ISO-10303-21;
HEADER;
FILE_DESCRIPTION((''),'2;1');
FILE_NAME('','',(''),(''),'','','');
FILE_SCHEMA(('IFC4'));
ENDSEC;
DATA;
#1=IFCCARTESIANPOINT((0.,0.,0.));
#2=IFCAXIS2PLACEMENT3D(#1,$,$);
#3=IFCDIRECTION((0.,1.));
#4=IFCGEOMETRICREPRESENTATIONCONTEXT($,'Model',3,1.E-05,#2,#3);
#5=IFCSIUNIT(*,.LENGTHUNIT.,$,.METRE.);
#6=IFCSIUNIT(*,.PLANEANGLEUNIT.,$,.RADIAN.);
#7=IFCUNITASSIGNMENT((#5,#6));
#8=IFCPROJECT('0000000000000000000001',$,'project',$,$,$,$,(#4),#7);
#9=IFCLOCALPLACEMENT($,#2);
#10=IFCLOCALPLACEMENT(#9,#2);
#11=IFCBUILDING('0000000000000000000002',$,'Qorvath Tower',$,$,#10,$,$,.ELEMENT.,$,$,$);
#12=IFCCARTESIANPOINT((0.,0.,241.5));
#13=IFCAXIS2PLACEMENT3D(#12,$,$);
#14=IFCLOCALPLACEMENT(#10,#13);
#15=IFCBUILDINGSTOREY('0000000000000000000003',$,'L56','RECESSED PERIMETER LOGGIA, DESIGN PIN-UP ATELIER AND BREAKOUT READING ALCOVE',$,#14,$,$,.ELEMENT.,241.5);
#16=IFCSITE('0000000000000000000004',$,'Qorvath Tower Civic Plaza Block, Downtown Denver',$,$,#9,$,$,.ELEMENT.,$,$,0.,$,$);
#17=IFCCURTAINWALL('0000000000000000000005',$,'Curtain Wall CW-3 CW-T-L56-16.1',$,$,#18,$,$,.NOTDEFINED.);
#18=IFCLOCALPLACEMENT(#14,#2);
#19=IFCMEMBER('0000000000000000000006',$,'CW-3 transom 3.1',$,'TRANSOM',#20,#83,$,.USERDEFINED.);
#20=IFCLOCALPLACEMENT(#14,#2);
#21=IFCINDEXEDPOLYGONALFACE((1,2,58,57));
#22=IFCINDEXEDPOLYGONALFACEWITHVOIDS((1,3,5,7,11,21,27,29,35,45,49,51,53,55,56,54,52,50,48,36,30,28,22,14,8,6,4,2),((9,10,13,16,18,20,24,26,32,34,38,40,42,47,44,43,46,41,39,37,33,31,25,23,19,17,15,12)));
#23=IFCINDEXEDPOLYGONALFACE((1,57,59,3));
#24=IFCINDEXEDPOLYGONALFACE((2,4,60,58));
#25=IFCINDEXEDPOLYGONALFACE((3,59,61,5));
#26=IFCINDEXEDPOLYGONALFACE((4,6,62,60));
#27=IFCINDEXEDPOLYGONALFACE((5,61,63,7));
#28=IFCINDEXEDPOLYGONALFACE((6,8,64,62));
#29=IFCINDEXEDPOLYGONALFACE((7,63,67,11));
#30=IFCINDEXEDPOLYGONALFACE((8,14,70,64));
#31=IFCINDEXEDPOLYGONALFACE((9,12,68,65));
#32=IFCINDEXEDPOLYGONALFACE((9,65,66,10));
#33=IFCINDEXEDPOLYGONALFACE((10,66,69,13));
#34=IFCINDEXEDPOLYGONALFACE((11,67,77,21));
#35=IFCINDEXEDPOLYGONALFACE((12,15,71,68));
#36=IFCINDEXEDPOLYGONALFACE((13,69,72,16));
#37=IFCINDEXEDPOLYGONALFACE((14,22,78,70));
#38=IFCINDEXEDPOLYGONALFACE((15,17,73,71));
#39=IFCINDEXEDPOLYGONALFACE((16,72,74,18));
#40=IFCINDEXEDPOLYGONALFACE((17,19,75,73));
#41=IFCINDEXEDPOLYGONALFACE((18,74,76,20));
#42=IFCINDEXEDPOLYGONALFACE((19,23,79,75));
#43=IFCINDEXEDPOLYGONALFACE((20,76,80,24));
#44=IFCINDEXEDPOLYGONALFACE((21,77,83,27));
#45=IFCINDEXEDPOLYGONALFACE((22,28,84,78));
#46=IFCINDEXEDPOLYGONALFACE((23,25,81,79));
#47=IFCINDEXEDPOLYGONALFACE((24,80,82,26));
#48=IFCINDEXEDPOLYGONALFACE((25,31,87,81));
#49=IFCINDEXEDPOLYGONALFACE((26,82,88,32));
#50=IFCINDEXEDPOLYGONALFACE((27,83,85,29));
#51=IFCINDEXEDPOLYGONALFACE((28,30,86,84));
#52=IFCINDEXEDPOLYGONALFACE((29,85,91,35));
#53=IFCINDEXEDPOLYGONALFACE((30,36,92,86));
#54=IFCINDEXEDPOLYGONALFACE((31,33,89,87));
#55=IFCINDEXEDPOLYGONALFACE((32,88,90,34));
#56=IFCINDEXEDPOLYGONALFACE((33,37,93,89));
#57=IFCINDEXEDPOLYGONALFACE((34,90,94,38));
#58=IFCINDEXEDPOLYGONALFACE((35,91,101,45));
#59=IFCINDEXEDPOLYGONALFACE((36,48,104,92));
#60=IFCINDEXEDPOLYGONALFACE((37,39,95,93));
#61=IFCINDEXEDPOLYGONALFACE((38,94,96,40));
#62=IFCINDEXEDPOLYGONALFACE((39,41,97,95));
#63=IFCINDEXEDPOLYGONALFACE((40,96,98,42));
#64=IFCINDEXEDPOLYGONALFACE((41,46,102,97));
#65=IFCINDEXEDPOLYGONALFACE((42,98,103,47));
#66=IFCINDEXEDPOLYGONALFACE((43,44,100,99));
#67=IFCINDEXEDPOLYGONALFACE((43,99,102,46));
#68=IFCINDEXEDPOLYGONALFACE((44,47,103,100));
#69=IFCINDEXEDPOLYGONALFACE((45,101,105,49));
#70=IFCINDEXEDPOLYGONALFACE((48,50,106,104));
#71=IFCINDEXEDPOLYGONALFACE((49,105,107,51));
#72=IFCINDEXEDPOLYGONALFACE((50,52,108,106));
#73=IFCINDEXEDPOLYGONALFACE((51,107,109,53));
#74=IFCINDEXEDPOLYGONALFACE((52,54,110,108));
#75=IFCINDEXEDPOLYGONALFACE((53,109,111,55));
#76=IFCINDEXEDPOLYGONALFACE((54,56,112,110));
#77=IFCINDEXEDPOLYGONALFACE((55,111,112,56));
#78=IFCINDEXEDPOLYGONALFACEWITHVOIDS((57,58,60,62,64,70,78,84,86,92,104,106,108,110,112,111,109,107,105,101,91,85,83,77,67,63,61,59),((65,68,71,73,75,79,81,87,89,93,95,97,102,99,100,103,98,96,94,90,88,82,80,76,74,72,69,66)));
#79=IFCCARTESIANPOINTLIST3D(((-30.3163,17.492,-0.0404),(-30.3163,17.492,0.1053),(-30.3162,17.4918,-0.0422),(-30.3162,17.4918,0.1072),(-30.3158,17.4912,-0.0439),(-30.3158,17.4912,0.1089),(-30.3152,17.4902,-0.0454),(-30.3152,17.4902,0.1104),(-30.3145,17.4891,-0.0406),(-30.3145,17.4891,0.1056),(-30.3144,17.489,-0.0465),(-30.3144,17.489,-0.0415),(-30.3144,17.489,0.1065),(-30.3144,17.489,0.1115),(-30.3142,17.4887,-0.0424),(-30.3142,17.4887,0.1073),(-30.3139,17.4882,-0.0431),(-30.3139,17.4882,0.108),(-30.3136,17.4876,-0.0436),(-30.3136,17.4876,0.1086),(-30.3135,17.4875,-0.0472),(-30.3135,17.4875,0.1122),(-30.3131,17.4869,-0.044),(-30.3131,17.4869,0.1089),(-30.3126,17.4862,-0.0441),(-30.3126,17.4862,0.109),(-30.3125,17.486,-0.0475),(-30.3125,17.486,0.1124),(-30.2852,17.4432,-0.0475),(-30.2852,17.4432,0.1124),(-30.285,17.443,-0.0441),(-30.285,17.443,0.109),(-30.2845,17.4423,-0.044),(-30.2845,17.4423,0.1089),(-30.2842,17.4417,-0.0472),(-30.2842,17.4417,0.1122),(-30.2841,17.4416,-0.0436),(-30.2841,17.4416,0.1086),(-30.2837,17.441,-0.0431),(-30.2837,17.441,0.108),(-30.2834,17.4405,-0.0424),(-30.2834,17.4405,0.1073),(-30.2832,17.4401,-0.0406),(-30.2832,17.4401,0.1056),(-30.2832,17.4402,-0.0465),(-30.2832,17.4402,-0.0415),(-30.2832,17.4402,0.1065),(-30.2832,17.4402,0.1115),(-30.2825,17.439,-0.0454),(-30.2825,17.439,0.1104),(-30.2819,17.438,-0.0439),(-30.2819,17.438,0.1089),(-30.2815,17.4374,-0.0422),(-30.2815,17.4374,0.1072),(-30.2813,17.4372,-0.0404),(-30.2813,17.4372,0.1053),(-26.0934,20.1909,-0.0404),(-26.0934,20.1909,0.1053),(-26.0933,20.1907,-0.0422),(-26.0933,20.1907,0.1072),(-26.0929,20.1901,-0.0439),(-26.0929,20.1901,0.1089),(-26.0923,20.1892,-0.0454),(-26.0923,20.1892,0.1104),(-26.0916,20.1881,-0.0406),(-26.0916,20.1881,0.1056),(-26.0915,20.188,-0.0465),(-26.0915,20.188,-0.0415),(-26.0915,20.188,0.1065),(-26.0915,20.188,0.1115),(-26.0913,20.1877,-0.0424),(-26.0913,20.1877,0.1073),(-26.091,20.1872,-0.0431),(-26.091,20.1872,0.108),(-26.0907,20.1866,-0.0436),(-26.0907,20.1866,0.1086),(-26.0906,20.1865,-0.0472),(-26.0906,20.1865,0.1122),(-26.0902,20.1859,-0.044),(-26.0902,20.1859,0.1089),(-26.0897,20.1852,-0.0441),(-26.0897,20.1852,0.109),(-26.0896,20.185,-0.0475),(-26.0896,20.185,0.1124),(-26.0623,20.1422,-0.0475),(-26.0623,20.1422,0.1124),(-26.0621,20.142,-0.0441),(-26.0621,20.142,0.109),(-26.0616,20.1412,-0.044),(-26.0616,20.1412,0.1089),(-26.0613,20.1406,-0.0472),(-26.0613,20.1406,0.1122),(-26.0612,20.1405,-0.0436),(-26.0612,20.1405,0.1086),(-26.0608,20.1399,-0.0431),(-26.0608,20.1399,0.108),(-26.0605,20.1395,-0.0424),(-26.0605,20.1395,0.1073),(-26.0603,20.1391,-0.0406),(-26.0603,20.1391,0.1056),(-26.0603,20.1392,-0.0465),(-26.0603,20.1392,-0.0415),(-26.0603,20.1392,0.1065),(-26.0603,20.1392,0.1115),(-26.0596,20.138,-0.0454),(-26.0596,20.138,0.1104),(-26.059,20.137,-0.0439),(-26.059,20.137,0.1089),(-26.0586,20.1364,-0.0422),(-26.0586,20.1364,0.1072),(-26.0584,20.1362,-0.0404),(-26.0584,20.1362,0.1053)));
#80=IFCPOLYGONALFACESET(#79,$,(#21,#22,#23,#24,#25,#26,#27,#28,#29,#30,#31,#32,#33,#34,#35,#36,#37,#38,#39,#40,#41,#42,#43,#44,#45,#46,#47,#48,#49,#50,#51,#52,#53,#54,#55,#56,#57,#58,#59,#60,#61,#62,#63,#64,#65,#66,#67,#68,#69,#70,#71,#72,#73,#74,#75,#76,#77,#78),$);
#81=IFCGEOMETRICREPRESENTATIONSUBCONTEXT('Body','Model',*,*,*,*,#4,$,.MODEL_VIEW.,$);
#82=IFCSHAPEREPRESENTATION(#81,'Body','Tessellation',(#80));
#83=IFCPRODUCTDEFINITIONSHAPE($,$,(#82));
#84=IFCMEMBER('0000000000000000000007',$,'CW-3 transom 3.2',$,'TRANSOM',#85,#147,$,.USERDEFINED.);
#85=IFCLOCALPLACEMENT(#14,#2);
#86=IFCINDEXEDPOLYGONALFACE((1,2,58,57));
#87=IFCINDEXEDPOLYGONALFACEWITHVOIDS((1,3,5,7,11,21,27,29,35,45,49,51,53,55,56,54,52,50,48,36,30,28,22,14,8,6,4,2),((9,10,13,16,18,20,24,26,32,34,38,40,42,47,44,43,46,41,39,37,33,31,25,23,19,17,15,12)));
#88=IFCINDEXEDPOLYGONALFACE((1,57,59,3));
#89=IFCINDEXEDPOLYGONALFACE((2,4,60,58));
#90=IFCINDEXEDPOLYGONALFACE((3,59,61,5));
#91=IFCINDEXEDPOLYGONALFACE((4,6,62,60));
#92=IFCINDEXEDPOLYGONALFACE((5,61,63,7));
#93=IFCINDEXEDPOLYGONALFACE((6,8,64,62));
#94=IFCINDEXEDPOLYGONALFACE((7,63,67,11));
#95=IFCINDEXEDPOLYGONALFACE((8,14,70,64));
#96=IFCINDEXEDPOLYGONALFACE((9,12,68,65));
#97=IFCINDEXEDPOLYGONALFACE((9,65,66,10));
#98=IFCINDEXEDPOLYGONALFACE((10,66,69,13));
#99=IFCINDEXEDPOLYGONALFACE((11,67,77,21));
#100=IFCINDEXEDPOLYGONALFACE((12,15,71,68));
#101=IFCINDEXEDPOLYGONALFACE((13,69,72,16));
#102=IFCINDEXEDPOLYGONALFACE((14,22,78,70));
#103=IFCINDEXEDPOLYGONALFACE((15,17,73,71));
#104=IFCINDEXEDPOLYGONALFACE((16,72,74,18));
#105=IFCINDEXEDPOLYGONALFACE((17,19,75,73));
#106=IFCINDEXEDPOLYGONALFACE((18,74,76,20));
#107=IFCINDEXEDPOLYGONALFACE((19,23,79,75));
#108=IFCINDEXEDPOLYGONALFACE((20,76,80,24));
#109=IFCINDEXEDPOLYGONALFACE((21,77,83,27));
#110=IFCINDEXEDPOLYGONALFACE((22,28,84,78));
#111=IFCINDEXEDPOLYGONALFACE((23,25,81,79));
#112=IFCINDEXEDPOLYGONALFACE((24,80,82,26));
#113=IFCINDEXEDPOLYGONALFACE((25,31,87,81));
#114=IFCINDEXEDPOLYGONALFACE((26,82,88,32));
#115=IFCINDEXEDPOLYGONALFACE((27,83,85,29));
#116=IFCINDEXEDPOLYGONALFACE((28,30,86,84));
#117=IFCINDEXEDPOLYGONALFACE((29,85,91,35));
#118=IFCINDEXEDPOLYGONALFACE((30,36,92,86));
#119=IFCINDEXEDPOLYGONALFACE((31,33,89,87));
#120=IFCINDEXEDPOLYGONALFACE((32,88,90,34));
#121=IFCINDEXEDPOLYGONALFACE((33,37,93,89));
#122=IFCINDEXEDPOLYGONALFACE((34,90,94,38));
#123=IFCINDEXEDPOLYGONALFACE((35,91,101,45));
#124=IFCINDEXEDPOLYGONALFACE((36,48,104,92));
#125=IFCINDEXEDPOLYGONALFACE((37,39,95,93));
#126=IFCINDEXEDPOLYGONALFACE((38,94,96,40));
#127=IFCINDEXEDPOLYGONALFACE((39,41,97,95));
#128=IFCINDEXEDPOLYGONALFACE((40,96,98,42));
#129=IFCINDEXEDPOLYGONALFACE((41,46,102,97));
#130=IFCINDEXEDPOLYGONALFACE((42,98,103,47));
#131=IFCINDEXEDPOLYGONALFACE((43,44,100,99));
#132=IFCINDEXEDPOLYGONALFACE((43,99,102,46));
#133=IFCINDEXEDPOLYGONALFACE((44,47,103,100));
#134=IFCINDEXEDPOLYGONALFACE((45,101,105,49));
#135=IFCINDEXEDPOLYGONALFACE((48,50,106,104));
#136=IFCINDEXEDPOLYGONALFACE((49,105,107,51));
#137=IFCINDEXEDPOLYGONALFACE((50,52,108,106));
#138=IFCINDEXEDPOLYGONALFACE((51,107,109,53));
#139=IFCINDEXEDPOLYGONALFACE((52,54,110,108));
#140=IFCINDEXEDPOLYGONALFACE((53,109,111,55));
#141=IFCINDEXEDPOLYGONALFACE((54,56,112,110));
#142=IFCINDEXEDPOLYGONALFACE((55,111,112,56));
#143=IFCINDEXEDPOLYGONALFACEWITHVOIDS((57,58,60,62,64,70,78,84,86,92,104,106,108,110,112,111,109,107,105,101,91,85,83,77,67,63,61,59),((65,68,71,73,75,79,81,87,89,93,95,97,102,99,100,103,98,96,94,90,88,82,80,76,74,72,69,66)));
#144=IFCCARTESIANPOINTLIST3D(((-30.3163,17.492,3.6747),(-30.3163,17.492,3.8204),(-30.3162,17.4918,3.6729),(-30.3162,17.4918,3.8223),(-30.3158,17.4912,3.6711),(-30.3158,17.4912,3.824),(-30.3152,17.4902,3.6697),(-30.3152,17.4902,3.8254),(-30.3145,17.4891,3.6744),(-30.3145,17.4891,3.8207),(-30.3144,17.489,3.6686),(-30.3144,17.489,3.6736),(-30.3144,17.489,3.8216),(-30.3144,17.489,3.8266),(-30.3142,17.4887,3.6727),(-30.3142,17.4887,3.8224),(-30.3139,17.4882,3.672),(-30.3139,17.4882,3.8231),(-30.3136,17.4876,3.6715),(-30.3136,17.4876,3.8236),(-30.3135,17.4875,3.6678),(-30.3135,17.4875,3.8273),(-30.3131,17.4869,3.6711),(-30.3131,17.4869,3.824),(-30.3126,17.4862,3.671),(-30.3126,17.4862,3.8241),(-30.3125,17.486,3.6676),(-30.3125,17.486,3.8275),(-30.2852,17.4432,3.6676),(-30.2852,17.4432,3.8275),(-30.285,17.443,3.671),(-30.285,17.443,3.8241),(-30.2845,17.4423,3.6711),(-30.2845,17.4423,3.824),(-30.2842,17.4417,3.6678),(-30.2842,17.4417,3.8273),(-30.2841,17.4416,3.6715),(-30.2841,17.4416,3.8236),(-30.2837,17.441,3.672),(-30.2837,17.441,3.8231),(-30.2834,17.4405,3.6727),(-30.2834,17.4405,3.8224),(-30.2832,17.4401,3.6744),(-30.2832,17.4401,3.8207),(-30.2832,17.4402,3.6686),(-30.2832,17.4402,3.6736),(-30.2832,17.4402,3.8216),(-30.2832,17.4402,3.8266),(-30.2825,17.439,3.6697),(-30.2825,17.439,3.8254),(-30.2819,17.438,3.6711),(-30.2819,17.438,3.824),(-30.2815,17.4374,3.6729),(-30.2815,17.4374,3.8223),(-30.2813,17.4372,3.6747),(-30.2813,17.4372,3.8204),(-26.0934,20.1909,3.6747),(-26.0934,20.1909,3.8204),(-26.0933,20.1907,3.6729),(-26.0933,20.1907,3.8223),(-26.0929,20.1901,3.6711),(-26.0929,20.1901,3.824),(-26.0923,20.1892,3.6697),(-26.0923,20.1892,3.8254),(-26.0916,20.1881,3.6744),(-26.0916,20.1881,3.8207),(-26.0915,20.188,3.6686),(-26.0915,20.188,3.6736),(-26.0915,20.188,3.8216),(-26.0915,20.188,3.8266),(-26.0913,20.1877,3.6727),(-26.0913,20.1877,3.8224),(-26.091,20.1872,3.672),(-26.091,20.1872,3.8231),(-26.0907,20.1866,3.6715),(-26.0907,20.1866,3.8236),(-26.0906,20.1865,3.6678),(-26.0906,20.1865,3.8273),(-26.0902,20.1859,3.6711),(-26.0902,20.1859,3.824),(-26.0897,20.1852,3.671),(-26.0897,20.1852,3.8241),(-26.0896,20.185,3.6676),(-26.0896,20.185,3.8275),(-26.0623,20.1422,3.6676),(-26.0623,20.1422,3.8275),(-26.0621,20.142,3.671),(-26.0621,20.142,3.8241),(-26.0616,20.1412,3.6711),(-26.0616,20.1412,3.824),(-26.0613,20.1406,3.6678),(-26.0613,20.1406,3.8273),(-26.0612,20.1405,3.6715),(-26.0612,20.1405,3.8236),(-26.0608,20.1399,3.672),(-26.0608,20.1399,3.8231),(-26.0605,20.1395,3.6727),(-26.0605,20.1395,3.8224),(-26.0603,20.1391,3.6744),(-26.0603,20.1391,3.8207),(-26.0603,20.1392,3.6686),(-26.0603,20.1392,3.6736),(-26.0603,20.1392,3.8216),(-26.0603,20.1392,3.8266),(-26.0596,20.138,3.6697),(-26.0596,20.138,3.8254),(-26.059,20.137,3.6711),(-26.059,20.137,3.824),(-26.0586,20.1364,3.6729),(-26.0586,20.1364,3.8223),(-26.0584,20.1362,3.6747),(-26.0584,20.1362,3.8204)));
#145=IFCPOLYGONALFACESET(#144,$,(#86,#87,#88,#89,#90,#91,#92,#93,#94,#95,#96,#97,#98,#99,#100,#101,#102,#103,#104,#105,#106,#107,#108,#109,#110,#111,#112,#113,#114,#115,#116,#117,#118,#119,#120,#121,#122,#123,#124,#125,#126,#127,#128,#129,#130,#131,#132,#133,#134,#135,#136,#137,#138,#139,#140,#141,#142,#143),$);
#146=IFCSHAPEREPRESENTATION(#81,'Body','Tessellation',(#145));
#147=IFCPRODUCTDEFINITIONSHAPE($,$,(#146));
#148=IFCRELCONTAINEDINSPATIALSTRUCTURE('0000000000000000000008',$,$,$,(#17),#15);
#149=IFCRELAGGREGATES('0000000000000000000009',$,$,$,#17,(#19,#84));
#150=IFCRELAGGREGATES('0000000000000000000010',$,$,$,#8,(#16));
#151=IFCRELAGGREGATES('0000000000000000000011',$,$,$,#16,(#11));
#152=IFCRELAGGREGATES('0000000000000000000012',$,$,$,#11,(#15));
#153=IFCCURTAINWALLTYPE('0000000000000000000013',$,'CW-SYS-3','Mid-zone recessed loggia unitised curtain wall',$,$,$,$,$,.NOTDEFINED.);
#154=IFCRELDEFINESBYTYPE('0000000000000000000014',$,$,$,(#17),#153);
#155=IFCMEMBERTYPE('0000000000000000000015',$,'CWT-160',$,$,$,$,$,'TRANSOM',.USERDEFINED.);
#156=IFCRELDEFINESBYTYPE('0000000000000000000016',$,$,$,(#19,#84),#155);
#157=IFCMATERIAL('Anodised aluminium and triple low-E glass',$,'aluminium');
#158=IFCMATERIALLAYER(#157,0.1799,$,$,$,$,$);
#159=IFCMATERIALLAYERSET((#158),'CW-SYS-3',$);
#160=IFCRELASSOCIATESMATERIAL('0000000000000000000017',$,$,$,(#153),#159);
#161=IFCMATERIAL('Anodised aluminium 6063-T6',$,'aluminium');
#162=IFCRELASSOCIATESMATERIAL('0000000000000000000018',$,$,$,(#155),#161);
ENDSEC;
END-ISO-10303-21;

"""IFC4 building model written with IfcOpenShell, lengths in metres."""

from ifc_helpers import new_model, si_unit, direction, frame, origin, origin_2d, place, context, subcontext, project, spatial, hollow_rectangle, extrude, material, layer, layer_set, material_profile, profile_set, type_object, element, aggregate, save


model = new_model("IFC4")

# Units and contexts
model_context = context("Model", 3, precision=1e-05, world=origin(), true_north=direction((0.0, 1.0)))
body_context = subcontext(model_context, "Body", "Model", "MODEL_VIEW")
ifc_project = project(units=[si_unit("LENGTHUNIT", "METRE"), si_unit("PLANEANGLEUNIT", "RADIAN")], contexts=[model_context])

# Site, building, storey
site_placement = place(None, origin())
site = spatial("IfcSite", under=ifc_project, at=site_placement, Name="Qorvath Tower Civic Plaza Block, Downtown Denver", CompositionType="ELEMENT", RefElevation=0.0)
building_placement = place(site_placement, origin())
building = spatial("IfcBuilding", under=site, at=building_placement, Name="Qorvath Tower", CompositionType="ELEMENT")
storey_placement = place(building_placement, frame((0.0, 0.0, 241.5)))
storey = spatial("IfcBuildingStorey", under=building, at=storey_placement, Name="L56", Description="RECESSED PERIMETER LOGGIA, DESIGN PIN-UP ATELIER AND BREAKOUT READING ALCOVE", CompositionType="ELEMENT", Elevation=241.5)

# Curtain wall
ifc_material_1 = material(Name="Anodised aluminium and triple low-E glass", Category="aluminium")
ifc_layer_1 = layer(ifc_material_1, 0.1799)
ifc_layer_set_1 = layer_set([ifc_layer_1], Name="CW-SYS-3")
curtain_wall_type = type_object("IfcCurtainWallType", Name="CW-SYS-3", Description="Mid-zone recessed loggia unitised curtain wall", PredefinedType="NOTDEFINED", material=ifc_layer_set_1)
curtain_wall_1_placement = place(storey_placement, origin())
curtain_wall_1 = element("IfcCurtainWall", 1, at=curtain_wall_1_placement, inside=storey, type_object=curtain_wall_type, Name="Curtain Wall CW-3 CW-T-L56-16.1", PredefinedType="NOTDEFINED")

# Members
ifc_material_2 = material(Name="Anodised aluminium 6063-T6", Category="aluminium")
ifc_material_profile_1 = material_profile(ifc_material_2, hollow_rectangle(XDim=0.0649, YDim=0.1599, WallThickness=0.0034, InnerFilletRadius=0.0034, OuterFilletRadius=0.0071, at=origin_2d()), Name="CWT 160x65")
ifc_profile_set_1 = profile_set([ifc_material_profile_1], Name="Anodised aluminium 6063-T6")
member_type_1 = type_object("IfcMemberType", Name="CWT-160", ElementType="TRANSOM", PredefinedType="USERDEFINED", material=ifc_profile_set_1)
member_1_placement = place(storey_placement, frame((-26.0759, 20.1636, 0.0325), z_axis=(-0.842605, -0.538532, 0.0), x_axis=(0.538532, -0.842605, 0.0)))
member_1 = element("IfcMember", 2, at=member_1_placement, type_object=member_type_1, Name="CW-3 transom 3.1", ObjectType="TRANSOM", PredefinedType="USERDEFINED", context=body_context, shape_type="SweptSolid", body=[
    extrude(hollow_rectangle(XDim=0.0649, YDim=0.1599, WallThickness=0.0034, InnerFilletRadius=0.0034, OuterFilletRadius=0.0071, at=origin_2d()), origin(), (0.0, 0.0, 1.0), 5.0117),
])
member_2_placement = place(storey_placement, frame((-26.0759, 20.1636, 3.7476), z_axis=(-0.842605, -0.538532, 0.0), x_axis=(0.538532, -0.842605, 0.0)))
member_2 = element("IfcMember", 3, at=member_2_placement, type_object=member_type_1, Name="CW-3 transom 3.2", ObjectType="TRANSOM", PredefinedType="USERDEFINED", context=body_context, shape_type="SweptSolid", body=[
    extrude(hollow_rectangle(XDim=0.0649, YDim=0.1599, WallThickness=0.0034, InnerFilletRadius=0.0034, OuterFilletRadius=0.0071, at=origin_2d()), origin(), (0.0, 0.0, 1.0), 5.0117),
])

aggregate(curtain_wall_1, [member_1, member_2])

save(model, "model.ifc")
